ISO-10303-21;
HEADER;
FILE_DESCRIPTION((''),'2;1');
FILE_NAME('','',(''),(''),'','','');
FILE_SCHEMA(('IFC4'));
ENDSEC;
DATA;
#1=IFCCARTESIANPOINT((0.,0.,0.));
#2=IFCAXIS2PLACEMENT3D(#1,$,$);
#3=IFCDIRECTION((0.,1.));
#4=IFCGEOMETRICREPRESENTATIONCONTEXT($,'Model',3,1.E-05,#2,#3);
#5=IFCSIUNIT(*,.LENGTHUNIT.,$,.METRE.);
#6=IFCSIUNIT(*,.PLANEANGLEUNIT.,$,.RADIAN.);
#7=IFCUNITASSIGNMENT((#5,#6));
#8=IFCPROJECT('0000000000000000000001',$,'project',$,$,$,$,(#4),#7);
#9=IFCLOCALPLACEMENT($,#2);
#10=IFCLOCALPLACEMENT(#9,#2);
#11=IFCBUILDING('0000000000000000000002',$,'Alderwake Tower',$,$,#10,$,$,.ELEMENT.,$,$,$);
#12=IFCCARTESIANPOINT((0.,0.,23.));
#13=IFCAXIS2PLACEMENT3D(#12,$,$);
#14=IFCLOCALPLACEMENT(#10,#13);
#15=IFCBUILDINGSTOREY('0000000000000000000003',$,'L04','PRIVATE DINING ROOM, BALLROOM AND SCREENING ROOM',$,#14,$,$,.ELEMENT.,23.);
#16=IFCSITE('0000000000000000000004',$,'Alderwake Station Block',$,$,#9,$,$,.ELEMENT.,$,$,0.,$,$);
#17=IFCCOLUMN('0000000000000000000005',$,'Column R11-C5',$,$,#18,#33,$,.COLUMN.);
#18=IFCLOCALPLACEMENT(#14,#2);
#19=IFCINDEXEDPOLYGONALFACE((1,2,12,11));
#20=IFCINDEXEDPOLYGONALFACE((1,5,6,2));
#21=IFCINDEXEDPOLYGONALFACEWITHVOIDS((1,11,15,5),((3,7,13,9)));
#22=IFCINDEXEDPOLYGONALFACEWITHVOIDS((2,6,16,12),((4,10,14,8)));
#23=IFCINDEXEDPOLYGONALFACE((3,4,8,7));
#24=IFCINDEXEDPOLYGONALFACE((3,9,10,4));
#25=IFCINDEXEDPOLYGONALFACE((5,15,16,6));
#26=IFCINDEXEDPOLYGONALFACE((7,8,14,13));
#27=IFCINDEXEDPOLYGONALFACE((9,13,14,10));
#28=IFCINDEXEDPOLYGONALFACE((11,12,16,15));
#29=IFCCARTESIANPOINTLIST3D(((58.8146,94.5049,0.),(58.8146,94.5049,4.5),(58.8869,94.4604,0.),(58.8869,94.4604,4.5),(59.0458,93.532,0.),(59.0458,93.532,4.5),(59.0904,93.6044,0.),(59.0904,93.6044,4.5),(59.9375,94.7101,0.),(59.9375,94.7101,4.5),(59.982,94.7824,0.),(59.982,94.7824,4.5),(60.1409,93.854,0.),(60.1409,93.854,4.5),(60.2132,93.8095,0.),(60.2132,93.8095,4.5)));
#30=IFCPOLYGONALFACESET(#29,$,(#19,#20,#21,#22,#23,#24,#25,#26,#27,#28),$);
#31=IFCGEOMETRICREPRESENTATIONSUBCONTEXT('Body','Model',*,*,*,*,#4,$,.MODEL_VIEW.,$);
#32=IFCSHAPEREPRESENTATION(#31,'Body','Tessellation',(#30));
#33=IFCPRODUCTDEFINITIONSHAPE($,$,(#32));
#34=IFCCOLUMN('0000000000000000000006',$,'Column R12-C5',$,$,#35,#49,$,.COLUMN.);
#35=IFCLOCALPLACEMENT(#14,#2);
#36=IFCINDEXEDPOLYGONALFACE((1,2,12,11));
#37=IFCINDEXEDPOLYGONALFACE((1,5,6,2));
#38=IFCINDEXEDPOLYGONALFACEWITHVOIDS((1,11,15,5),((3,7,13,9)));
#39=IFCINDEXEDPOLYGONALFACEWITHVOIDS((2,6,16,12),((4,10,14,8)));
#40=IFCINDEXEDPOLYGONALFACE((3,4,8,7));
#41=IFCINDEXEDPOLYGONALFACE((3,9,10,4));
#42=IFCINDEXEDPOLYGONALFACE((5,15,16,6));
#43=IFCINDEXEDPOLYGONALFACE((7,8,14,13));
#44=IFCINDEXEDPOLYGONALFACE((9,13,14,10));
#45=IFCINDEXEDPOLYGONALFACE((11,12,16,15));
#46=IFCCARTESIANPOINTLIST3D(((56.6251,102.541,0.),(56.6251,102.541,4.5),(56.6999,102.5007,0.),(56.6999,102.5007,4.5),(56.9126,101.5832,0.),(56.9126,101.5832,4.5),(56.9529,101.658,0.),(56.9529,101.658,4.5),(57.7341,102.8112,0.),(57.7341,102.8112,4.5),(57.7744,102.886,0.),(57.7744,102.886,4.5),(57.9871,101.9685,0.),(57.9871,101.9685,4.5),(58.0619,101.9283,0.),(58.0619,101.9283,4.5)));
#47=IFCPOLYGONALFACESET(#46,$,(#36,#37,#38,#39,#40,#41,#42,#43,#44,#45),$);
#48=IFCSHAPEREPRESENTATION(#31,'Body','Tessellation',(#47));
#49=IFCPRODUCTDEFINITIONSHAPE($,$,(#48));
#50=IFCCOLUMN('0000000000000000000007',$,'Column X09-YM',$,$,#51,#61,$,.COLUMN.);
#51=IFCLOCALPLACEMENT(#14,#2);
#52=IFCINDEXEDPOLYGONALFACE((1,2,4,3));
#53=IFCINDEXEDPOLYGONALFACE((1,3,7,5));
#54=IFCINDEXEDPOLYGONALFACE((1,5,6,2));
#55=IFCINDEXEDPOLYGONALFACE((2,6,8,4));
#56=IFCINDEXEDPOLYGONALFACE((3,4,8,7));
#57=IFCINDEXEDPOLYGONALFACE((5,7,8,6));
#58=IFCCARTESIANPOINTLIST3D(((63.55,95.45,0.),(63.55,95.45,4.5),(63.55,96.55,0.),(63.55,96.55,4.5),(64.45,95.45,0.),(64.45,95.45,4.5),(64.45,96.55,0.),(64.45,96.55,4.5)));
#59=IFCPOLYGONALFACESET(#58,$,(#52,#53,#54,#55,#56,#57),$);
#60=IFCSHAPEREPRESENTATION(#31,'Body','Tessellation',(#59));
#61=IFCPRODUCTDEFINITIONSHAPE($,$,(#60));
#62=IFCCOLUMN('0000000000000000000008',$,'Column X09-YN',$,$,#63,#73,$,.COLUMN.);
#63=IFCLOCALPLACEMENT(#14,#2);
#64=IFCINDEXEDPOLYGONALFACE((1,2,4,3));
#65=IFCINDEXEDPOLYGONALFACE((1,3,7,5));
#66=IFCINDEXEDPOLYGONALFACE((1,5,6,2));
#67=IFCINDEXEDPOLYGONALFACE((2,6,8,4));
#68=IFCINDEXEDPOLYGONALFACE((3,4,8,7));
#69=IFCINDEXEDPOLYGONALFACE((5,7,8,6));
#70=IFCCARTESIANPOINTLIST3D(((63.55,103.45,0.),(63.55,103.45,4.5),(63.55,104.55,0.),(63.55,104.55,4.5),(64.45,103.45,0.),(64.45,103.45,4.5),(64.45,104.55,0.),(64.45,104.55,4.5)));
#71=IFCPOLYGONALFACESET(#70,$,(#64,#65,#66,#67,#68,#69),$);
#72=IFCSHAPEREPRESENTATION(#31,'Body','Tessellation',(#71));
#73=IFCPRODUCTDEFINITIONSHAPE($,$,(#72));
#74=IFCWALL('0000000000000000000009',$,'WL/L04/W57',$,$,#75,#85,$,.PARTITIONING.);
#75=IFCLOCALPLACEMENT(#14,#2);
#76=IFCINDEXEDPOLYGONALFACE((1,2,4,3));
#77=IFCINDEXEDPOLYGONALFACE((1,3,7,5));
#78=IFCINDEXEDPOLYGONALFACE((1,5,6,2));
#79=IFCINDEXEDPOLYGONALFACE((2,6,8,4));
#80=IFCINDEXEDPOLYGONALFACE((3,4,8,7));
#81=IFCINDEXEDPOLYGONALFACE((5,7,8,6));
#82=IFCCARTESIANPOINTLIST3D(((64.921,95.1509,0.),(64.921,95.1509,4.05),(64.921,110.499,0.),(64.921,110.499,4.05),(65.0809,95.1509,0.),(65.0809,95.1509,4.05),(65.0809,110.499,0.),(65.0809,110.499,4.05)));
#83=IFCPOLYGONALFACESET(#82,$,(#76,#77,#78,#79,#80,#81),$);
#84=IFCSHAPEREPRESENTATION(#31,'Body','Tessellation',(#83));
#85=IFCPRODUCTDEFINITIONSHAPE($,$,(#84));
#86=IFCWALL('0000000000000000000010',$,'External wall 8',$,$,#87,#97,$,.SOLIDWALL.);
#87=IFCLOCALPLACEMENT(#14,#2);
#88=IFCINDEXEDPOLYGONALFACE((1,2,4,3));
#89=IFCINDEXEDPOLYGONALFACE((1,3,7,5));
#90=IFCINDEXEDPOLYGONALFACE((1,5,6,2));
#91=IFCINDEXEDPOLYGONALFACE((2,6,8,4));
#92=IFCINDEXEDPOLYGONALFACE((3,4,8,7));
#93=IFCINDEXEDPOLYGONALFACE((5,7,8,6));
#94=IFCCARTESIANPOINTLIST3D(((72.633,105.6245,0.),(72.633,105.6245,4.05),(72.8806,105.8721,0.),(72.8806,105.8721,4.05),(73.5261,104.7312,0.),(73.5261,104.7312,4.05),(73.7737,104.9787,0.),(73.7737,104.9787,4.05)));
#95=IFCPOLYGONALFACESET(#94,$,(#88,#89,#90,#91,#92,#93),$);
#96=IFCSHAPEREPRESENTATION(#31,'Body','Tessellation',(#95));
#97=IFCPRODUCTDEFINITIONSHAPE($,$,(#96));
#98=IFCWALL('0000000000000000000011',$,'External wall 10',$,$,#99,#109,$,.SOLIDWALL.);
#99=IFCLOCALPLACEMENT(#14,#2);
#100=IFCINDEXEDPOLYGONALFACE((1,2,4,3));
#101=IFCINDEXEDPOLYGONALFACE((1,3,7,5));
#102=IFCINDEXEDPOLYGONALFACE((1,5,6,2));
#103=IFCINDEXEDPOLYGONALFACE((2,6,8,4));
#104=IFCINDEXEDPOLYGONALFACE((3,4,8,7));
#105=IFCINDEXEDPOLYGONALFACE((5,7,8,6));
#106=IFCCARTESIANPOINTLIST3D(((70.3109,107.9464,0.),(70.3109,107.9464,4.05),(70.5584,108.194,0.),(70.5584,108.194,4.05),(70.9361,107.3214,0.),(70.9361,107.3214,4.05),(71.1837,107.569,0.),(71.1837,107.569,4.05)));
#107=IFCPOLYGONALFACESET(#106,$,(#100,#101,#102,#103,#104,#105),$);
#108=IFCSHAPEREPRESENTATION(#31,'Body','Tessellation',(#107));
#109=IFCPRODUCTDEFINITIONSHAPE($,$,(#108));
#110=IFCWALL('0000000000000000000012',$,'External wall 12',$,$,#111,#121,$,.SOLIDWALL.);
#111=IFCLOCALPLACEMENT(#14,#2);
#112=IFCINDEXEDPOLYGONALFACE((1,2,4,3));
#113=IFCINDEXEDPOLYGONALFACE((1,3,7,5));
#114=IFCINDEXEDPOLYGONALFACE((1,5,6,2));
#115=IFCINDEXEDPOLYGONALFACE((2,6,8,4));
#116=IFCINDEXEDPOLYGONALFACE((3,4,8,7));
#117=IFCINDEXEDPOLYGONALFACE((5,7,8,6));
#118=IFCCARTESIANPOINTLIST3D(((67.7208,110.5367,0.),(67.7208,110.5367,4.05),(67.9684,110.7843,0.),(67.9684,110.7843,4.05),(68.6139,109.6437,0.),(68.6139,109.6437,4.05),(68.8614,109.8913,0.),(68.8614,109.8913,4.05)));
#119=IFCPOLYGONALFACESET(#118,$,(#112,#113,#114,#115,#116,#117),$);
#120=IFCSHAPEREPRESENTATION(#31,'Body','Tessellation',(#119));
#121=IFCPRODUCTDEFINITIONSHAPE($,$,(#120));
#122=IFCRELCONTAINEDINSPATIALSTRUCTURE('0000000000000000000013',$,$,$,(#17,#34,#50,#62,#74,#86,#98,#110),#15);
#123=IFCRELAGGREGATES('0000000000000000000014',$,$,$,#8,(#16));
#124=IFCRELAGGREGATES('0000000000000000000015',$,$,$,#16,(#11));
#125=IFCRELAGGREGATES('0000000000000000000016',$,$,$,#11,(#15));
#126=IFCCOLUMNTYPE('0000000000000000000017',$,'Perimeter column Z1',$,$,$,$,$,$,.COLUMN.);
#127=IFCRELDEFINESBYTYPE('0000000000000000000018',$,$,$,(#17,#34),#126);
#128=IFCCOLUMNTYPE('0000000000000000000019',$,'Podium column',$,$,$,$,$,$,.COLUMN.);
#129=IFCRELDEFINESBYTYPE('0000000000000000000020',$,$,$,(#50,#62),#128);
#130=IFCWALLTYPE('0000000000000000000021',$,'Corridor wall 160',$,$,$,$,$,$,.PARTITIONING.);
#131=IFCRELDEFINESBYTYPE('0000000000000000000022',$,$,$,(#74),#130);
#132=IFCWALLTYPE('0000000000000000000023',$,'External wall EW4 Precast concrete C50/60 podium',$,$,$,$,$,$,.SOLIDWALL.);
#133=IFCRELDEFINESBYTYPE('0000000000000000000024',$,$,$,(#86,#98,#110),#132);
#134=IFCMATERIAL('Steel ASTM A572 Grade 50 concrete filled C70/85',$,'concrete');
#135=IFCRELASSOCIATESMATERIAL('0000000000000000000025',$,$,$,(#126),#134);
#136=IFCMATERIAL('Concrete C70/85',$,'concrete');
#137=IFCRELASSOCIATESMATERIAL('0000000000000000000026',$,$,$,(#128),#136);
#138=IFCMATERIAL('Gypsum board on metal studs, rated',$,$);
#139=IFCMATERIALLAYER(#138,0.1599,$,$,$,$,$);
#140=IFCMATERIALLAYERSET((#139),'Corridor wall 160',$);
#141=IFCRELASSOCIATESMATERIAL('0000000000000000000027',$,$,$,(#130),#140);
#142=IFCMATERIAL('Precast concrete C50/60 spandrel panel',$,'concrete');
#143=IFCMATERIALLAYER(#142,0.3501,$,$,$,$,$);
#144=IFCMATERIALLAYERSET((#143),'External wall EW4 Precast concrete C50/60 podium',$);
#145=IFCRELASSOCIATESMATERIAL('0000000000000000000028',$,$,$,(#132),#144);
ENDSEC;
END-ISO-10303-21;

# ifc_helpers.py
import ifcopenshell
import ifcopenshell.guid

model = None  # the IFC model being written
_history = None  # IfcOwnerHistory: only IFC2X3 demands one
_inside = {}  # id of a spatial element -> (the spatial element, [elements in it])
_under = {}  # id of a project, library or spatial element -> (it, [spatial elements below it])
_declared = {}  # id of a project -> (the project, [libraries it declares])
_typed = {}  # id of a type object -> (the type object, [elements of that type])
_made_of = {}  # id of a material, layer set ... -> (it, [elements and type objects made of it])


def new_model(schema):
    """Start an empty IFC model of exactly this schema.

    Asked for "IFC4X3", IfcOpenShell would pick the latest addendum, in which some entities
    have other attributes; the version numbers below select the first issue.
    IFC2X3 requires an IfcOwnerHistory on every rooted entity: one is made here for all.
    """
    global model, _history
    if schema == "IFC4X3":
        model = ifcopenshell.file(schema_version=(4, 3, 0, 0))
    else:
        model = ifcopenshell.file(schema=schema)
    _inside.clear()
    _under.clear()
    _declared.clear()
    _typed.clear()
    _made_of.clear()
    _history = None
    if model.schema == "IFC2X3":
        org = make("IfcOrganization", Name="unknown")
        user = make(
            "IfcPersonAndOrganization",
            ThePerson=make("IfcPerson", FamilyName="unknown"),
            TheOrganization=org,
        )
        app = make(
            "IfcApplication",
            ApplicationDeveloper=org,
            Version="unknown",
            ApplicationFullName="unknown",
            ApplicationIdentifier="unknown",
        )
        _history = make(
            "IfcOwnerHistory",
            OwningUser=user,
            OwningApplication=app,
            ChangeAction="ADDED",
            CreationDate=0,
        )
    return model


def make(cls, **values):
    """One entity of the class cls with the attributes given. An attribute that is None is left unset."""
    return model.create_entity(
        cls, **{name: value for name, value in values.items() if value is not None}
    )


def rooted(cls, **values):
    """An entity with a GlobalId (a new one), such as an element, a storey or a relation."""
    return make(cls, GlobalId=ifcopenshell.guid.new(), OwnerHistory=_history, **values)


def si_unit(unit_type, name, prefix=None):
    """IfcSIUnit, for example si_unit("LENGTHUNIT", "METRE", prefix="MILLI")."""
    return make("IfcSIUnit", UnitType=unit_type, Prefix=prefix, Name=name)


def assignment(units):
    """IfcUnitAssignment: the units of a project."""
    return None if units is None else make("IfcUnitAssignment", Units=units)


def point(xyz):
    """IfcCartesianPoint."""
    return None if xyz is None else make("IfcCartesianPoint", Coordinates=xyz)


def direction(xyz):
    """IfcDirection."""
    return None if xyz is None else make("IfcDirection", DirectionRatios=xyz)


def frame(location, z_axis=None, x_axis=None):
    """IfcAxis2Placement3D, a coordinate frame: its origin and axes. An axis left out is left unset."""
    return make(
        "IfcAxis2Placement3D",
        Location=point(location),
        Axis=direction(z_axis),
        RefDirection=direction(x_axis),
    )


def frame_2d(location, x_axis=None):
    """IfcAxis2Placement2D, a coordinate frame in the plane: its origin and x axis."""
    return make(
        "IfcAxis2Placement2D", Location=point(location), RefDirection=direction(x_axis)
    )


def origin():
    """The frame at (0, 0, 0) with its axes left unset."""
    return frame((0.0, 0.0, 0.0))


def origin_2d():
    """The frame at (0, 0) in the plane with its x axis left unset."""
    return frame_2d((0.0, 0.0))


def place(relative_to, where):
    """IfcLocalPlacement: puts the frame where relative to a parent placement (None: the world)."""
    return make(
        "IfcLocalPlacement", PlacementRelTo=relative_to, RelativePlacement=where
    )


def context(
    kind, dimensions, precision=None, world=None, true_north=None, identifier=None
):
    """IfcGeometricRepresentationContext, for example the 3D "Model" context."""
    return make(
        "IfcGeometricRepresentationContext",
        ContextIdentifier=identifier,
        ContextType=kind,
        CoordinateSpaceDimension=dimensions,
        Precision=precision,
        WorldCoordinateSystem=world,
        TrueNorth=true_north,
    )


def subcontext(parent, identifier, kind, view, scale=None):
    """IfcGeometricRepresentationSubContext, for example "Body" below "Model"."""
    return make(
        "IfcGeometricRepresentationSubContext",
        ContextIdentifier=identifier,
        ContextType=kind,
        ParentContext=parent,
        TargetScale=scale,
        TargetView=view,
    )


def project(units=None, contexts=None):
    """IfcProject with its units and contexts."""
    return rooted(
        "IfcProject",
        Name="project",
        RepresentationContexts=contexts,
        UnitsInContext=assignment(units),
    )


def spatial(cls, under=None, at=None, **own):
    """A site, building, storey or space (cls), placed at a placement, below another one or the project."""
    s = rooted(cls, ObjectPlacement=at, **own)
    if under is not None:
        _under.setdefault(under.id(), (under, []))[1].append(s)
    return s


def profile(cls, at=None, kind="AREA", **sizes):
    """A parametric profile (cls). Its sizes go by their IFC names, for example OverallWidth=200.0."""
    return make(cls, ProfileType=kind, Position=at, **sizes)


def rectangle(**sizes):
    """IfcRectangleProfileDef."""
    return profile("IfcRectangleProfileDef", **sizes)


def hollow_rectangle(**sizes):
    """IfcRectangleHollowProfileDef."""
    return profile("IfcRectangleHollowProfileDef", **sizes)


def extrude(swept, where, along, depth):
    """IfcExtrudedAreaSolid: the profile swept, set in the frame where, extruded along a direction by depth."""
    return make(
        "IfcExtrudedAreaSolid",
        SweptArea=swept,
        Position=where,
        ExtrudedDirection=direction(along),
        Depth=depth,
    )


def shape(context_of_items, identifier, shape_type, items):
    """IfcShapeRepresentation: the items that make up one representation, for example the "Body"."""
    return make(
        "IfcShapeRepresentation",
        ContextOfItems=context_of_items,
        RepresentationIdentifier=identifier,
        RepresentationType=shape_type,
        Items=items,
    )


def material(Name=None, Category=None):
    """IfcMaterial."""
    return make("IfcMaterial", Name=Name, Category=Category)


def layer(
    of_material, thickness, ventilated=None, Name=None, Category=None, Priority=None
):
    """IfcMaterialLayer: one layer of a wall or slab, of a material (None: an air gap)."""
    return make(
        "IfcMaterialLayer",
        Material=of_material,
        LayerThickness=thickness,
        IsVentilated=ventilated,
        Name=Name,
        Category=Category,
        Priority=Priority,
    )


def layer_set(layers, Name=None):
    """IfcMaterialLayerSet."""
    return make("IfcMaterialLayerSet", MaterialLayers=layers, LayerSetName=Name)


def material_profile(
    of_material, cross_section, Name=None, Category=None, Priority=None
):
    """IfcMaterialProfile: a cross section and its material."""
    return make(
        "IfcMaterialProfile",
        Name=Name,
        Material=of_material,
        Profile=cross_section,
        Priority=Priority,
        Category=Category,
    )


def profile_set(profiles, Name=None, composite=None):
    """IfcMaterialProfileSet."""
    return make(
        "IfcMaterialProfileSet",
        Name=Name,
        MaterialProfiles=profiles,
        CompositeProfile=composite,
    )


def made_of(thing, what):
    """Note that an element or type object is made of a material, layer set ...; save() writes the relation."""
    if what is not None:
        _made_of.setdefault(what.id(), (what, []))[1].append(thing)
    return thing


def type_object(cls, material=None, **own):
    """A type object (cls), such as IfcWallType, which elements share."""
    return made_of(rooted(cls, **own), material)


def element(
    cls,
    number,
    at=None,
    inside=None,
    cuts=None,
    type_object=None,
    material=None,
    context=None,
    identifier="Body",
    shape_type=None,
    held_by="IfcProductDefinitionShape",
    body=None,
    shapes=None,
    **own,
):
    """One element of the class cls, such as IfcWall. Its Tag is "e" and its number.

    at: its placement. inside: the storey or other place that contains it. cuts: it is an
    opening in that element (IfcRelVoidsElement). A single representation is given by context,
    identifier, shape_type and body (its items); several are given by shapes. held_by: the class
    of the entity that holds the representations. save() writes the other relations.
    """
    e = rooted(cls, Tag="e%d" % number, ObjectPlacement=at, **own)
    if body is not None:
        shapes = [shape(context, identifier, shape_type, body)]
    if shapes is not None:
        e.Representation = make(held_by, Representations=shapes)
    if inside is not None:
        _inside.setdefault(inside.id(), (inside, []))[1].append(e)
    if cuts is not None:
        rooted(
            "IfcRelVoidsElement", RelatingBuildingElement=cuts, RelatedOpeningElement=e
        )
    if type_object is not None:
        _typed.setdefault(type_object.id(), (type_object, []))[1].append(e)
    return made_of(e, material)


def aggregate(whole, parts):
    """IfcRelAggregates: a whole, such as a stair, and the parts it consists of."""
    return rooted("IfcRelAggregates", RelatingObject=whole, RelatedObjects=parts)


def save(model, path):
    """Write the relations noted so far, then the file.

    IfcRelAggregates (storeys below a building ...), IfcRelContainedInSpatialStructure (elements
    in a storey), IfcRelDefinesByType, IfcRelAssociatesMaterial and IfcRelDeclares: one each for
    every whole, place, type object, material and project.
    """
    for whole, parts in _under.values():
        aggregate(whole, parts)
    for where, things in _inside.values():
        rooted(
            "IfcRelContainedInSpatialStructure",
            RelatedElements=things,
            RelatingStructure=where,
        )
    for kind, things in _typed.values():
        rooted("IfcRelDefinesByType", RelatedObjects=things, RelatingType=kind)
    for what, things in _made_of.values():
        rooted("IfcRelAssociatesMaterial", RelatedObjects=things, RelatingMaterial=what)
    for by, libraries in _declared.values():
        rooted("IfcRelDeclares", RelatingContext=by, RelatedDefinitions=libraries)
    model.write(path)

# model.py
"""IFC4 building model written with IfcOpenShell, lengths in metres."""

from ifc_helpers import new_model, si_unit, direction, frame, frame_2d, origin, origin_2d, place, context, subcontext, project, spatial, rectangle, hollow_rectangle, extrude, material, layer, layer_set, material_profile, profile_set, type_object, element, save


model = new_model("IFC4")

# Units and contexts
model_context = context("Model", 3, precision=1e-05, world=origin(), true_north=direction((0.0, 1.0)))
body_context = subcontext(model_context, "Body", "Model", "MODEL_VIEW")
ifc_project = project(units=[si_unit("LENGTHUNIT", "METRE"), si_unit("PLANEANGLEUNIT", "RADIAN")], contexts=[model_context])

# Site, building, storey
site_placement = place(None, origin())
site = spatial("IfcSite", under=ifc_project, at=site_placement, Name="Alderwake Station Block", CompositionType="ELEMENT", RefElevation=0.0)
building_placement = place(site_placement, origin())
building = spatial("IfcBuilding", under=site, at=building_placement, Name="Alderwake Tower", CompositionType="ELEMENT")
storey_placement = place(building_placement, frame((0.0, 0.0, 23.0)))
storey = spatial("IfcBuildingStorey", under=building, at=storey_placement, Name="L04", Description="PRIVATE DINING ROOM, BALLROOM AND SCREENING ROOM", CompositionType="ELEMENT", Elevation=23.0)

# Columns
ifc_material_1 = material(Name="Steel ASTM A572 Grade 50 concrete filled C70/85", Category="concrete")
ifc_material_profile_1 = material_profile(ifc_material_1, hollow_rectangle(XDim=1.0, YDim=1.2, WallThickness=0.0601, at=origin_2d()), Name="BOX 1200X1000X60")
ifc_profile_set_1 = profile_set([ifc_material_profile_1], Name="Steel ASTM A572 Grade 50 concrete filled C70/85")
column_type_1 = type_object("IfcColumnType", Name="Perimeter column Z1", PredefinedType="COLUMN", material=ifc_profile_set_1)
for number, where, z_axis, x_axis, name in (
    (1, (59.5139, 94.1572, 0.0), (0.0, 0.0, 1.0), (-0.231222, 0.972901, 0.0), "Column R11-C5"),
    (2, (57.3435, 102.2346, 0.0), (0.0, 0.0, 1.0), (-0.287549, 0.957766, 0.0), "Column R12-C5"),
):
    element("IfcColumn", number, at=place(storey_placement, frame(where, z_axis=z_axis, x_axis=x_axis)), inside=storey, type_object=column_type_1, Name=name, PredefinedType="COLUMN", context=body_context, shape_type="SweptSolid", body=[
        extrude(hollow_rectangle(XDim=1.0, YDim=1.2, WallThickness=0.0601, at=origin_2d()), origin(), (0.0, 0.0, 1.0), 4.5),
    ])
ifc_material_2 = material(Name="Concrete C70/85", Category="concrete")
ifc_material_profile_2 = material_profile(ifc_material_2, rectangle(XDim=0.8999, YDim=1.1001, at=origin_2d()), Name="RC 1100X900")
ifc_profile_set_2 = profile_set([ifc_material_profile_2], Name="Concrete C70/85")
column_type_2 = type_object("IfcColumnType", Name="Podium column", PredefinedType="COLUMN", material=ifc_profile_set_2)
for number, where, z_axis, x_axis, name in (
    (3, (64.0, 96.0, 0.0), (0.0, 0.0, 1.0), (1.0, 0.0, 0.0), "Column X09-YM"),
    (4, (64.0, 104.0, 0.0), (0.0, 0.0, 1.0), (1.0, 0.0, 0.0), "Column X09-YN"),
):
    element("IfcColumn", number, at=place(storey_placement, frame(where, z_axis=z_axis, x_axis=x_axis)), inside=storey, type_object=column_type_2, Name=name, PredefinedType="COLUMN", context=body_context, shape_type="SweptSolid", body=[
        extrude(rectangle(XDim=0.8999, YDim=1.1001, at=origin_2d()), origin(), (0.0, 0.0, 1.0), 4.5),
    ])

# Walls
ifc_material_3 = material(Name="Gypsum board on metal studs, rated")
ifc_layer_1 = layer(ifc_material_3, 0.1599)
ifc_layer_set_1 = layer_set([ifc_layer_1], Name="Corridor wall 160")
wall_type_1 = type_object("IfcWallType", Name="Corridor wall 160", PredefinedType="PARTITIONING", material=ifc_layer_set_1)
wall_1_placement = place(storey_placement, frame((65.001, 110.499, 0.0), z_axis=(0.0, 0.0, 1.0), x_axis=(0.0, -1.0, 0.0)))
element("IfcWall", 5, at=wall_1_placement, inside=storey, type_object=wall_type_1, Name="WL/L04/W57", PredefinedType="PARTITIONING", context=body_context, shape_type="SweptSolid", body=[
    extrude(rectangle(XDim=15.3481, YDim=0.1599, at=frame_2d((7.6741, 0.0))), origin(), (0.0, 0.0, 1.0), 4.05),
])
ifc_material_4 = material(Name="Precast concrete C50/60 spandrel panel", Category="concrete")
ifc_layer_2 = layer(ifc_material_4, 0.3501)
ifc_layer_set_2 = layer_set([ifc_layer_2], Name="External wall EW4 Precast concrete C50/60 podium")
wall_type_2 = type_object("IfcWallType", Name="External wall EW4 Precast concrete C50/60 podium", PredefinedType="SOLIDWALL", material=ifc_layer_set_2)
wall_2_placement = place(storey_placement, frame((73.6499, 104.855, 0.0), z_axis=(0.0, 0.0, 1.0), x_axis=(-0.70701, 0.707203, 0.0)))
element("IfcWall", 6, at=wall_2_placement, inside=storey, type_object=wall_type_2, Name="External wall 8", PredefinedType="SOLIDWALL", context=body_context, shape_type="SweptSolid", body=[
    extrude(rectangle(XDim=1.2632, YDim=0.3501, at=frame_2d((0.6316, 0.0))), origin(), (0.0, 0.0, 1.0), 4.05),
])

# Wall
wall_3_placement = place(storey_placement, frame((71.0598, 107.4453, 0.0), z_axis=(0.0, 0.0, 1.0), x_axis=(-0.707245, 0.706969, 0.0)))
element("IfcWall", 7, at=wall_3_placement, inside=storey, type_object=wall_type_2, Name="External wall 10", PredefinedType="SOLIDWALL", context=body_context, shape_type="SweptSolid", body=[
    extrude(rectangle(XDim=0.884, YDim=0.3501, at=frame_2d((0.4419, 0.0))), origin(), (0.0, 0.0, 1.0), 4.05),
])

# Wall
wall_4_placement = place(storey_placement, frame((68.7375, 109.7676, 0.0), z_axis=(0.0, 0.0, 1.0), x_axis=(-0.707107, 0.707107, 0.0)))
element("IfcWall", 8, at=wall_4_placement, inside=storey, type_object=wall_type_2, Name="External wall 12", PredefinedType="SOLIDWALL", context=body_context, shape_type="SweptSolid", body=[
    extrude(rectangle(XDim=1.2629, YDim=0.3501, at=frame_2d((0.6313, 0.0))), origin(), (0.0, 0.0, 1.0), 4.05),
])

save(model, "model.ifc")
